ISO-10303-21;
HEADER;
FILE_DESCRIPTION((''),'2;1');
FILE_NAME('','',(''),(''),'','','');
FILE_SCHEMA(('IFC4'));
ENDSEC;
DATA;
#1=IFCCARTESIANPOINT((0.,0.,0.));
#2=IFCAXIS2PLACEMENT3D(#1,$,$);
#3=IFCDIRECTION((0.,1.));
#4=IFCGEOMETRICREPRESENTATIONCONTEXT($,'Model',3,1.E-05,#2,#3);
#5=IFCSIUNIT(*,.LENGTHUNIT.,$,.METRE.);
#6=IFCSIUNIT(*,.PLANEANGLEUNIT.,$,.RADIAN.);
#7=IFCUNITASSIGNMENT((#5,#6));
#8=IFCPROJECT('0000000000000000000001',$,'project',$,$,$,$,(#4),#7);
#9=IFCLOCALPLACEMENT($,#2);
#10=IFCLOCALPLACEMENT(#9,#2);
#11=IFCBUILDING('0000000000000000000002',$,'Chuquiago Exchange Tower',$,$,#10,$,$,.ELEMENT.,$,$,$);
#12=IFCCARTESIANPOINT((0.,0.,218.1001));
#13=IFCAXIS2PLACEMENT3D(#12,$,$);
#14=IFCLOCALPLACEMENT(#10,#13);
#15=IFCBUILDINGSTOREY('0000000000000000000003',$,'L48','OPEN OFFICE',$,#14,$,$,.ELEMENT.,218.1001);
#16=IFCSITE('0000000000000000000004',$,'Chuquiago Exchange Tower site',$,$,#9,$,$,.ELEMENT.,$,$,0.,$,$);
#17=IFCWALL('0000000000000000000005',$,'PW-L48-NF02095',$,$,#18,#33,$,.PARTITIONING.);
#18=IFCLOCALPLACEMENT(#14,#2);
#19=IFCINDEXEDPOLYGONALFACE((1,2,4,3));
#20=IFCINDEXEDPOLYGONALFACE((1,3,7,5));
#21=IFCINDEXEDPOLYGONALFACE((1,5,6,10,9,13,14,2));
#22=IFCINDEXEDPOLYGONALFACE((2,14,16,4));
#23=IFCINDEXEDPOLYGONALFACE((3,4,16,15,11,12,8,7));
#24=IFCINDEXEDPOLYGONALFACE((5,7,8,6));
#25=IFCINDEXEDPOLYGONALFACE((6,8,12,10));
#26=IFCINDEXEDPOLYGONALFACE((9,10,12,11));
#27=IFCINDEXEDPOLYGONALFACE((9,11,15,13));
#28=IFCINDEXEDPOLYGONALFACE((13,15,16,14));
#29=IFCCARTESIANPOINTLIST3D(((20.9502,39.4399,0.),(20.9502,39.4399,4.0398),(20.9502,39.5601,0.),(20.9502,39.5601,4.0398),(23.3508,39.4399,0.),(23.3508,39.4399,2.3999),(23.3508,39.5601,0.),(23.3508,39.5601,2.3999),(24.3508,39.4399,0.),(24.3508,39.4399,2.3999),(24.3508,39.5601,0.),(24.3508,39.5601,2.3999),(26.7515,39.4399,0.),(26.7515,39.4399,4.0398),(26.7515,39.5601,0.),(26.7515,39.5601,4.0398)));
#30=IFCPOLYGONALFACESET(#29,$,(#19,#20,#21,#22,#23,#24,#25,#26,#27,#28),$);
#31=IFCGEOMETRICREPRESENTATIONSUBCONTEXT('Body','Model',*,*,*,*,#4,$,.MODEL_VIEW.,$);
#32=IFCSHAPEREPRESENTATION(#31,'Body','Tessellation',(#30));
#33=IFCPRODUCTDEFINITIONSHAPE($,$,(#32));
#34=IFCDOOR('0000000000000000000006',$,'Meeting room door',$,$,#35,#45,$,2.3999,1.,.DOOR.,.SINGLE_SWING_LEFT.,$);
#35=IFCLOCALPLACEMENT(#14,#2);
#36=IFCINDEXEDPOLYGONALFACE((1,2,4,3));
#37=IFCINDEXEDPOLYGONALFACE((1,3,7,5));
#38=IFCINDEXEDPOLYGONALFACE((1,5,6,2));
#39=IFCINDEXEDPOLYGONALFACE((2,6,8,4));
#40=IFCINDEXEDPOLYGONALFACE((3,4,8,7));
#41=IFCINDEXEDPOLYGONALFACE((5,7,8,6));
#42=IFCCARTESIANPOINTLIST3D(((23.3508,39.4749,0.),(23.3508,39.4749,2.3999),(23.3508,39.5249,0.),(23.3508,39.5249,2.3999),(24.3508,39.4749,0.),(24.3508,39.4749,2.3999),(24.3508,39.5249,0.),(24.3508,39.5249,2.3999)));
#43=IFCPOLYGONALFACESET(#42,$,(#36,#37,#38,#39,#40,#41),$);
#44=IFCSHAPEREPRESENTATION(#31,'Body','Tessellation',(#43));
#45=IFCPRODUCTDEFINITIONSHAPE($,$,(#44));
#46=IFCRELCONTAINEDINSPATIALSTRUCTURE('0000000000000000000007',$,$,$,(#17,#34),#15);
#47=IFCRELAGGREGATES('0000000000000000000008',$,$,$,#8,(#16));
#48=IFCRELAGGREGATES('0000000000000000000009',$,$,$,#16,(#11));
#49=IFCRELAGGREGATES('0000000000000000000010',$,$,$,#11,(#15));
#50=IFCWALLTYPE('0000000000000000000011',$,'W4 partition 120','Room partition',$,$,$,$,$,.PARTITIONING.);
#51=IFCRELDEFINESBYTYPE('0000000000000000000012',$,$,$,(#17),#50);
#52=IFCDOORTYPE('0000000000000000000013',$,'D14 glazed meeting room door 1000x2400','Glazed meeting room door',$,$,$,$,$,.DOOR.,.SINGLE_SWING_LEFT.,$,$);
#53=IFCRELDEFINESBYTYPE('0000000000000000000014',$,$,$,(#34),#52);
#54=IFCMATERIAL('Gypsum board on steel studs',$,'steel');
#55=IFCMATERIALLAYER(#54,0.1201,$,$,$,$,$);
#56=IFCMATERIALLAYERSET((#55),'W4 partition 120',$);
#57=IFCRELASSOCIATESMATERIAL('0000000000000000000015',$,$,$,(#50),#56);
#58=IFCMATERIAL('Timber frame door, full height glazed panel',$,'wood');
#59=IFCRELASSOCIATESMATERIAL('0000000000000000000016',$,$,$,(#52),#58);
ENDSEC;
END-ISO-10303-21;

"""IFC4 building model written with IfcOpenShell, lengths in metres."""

from ifc_helpers import new_model, si_unit, direction, frame, frame_2d, origin, place, context, subcontext, project, spatial, rectangle, extrude, material, layer, layer_set, type_object, element, fill, save


model = new_model("IFC4")

# Units and contexts
model_context = context("Model", 3, precision=1e-05, world=origin(), true_north=direction((0.0, 1.0)))
body_context = subcontext(model_context, "Body", "Model", "MODEL_VIEW")
ifc_project = project(units=[si_unit("LENGTHUNIT", "METRE"), si_unit("PLANEANGLEUNIT", "RADIAN")], contexts=[model_context])

# Site, building, storey
site_placement = place(None, origin())
site = spatial("IfcSite", under=ifc_project, at=site_placement, Name="Chuquiago Exchange Tower site", CompositionType="ELEMENT", RefElevation=0.0)
building_placement = place(site_placement, origin())
building = spatial("IfcBuilding", under=site, at=building_placement, Name="Chuquiago Exchange Tower", CompositionType="ELEMENT")
storey_placement = place(building_placement, frame((0.0, 0.0, 218.1001)))
storey = spatial("IfcBuildingStorey", under=building, at=storey_placement, Name="L48", Description="OPEN OFFICE", CompositionType="ELEMENT", Elevation=218.1001)

# Shared definitions
ifc_material_1 = material(Name="Gypsum board on steel studs", Category="steel")
ifc_layer_1 = layer(ifc_material_1, 0.1201)
ifc_layer_set_1 = layer_set([ifc_layer_1], Name="W4 partition 120")
wall_type_1 = type_object("IfcWallType", Name="W4 partition 120", Description="Room partition", PredefinedType="PARTITIONING", material=ifc_layer_set_1)

# Wall, opening, door
wall_1_placement = place(storey_placement, frame((20.9502, 39.5, 0.0), z_axis=(0.0, 0.0, 1.0), x_axis=(1.0, 0.0, 0.0)))
wall_1 = element("IfcWall", 1, at=wall_1_placement, inside=storey, type_object=wall_type_1, Name="PW-L48-NF02095", PredefinedType="PARTITIONING", context=body_context, shape_type="SweptSolid", body=[
    extrude(rectangle(XDim=5.8013, YDim=0.1201, at=frame_2d((2.9006, 0.0))), origin(), (0.0, 0.0, 1.0), 4.0398),
])
opening_placement = place(wall_1_placement, frame((2.4006, 0.0, 0.0)))
opening = element("IfcOpeningElement", 2, at=opening_placement, cuts=wall_1, PredefinedType="OPENING", context=body_context, shape_type="SweptSolid", body=[
    extrude(rectangle(XDim=1.0, YDim=2.3999, at=frame_2d((0.5, 1.2))), frame((0.0, 0.0701, 0.0), z_axis=(0.0, -1.0, 0.0), x_axis=(1.0, 0.0, 0.0)), (0.0, 0.0, 1.0), 0.1401),
])
ifc_material_2 = material(Name="Timber frame door, full height glazed panel", Category="wood")
door_type = type_object("IfcDoorType", Name="D14 glazed meeting room door 1000x2400", Description="Glazed meeting room door", OperationType="SINGLE_SWING_LEFT", PredefinedType="DOOR", material=ifc_material_2)
door_placement = place(opening_placement, origin())
door = element("IfcDoor", 3, at=door_placement, inside=storey, type_object=door_type, Name="Meeting room door", OperationType="SINGLE_SWING_LEFT", OverallHeight=2.3999, OverallWidth=1.0, PredefinedType="DOOR", context=body_context, shape_type="SweptSolid", body=[
    extrude(rectangle(XDim=1.0, YDim=2.3999, at=frame_2d((0.5, 1.2))), frame((0.0, 0.0249, 0.0), z_axis=(0.0, -1.0, 0.0), x_axis=(1.0, 0.0, 0.0)), (0.0, 0.0, 1.0), 0.05),
])
fill(opening, door)

save(model, "model.ifc")
